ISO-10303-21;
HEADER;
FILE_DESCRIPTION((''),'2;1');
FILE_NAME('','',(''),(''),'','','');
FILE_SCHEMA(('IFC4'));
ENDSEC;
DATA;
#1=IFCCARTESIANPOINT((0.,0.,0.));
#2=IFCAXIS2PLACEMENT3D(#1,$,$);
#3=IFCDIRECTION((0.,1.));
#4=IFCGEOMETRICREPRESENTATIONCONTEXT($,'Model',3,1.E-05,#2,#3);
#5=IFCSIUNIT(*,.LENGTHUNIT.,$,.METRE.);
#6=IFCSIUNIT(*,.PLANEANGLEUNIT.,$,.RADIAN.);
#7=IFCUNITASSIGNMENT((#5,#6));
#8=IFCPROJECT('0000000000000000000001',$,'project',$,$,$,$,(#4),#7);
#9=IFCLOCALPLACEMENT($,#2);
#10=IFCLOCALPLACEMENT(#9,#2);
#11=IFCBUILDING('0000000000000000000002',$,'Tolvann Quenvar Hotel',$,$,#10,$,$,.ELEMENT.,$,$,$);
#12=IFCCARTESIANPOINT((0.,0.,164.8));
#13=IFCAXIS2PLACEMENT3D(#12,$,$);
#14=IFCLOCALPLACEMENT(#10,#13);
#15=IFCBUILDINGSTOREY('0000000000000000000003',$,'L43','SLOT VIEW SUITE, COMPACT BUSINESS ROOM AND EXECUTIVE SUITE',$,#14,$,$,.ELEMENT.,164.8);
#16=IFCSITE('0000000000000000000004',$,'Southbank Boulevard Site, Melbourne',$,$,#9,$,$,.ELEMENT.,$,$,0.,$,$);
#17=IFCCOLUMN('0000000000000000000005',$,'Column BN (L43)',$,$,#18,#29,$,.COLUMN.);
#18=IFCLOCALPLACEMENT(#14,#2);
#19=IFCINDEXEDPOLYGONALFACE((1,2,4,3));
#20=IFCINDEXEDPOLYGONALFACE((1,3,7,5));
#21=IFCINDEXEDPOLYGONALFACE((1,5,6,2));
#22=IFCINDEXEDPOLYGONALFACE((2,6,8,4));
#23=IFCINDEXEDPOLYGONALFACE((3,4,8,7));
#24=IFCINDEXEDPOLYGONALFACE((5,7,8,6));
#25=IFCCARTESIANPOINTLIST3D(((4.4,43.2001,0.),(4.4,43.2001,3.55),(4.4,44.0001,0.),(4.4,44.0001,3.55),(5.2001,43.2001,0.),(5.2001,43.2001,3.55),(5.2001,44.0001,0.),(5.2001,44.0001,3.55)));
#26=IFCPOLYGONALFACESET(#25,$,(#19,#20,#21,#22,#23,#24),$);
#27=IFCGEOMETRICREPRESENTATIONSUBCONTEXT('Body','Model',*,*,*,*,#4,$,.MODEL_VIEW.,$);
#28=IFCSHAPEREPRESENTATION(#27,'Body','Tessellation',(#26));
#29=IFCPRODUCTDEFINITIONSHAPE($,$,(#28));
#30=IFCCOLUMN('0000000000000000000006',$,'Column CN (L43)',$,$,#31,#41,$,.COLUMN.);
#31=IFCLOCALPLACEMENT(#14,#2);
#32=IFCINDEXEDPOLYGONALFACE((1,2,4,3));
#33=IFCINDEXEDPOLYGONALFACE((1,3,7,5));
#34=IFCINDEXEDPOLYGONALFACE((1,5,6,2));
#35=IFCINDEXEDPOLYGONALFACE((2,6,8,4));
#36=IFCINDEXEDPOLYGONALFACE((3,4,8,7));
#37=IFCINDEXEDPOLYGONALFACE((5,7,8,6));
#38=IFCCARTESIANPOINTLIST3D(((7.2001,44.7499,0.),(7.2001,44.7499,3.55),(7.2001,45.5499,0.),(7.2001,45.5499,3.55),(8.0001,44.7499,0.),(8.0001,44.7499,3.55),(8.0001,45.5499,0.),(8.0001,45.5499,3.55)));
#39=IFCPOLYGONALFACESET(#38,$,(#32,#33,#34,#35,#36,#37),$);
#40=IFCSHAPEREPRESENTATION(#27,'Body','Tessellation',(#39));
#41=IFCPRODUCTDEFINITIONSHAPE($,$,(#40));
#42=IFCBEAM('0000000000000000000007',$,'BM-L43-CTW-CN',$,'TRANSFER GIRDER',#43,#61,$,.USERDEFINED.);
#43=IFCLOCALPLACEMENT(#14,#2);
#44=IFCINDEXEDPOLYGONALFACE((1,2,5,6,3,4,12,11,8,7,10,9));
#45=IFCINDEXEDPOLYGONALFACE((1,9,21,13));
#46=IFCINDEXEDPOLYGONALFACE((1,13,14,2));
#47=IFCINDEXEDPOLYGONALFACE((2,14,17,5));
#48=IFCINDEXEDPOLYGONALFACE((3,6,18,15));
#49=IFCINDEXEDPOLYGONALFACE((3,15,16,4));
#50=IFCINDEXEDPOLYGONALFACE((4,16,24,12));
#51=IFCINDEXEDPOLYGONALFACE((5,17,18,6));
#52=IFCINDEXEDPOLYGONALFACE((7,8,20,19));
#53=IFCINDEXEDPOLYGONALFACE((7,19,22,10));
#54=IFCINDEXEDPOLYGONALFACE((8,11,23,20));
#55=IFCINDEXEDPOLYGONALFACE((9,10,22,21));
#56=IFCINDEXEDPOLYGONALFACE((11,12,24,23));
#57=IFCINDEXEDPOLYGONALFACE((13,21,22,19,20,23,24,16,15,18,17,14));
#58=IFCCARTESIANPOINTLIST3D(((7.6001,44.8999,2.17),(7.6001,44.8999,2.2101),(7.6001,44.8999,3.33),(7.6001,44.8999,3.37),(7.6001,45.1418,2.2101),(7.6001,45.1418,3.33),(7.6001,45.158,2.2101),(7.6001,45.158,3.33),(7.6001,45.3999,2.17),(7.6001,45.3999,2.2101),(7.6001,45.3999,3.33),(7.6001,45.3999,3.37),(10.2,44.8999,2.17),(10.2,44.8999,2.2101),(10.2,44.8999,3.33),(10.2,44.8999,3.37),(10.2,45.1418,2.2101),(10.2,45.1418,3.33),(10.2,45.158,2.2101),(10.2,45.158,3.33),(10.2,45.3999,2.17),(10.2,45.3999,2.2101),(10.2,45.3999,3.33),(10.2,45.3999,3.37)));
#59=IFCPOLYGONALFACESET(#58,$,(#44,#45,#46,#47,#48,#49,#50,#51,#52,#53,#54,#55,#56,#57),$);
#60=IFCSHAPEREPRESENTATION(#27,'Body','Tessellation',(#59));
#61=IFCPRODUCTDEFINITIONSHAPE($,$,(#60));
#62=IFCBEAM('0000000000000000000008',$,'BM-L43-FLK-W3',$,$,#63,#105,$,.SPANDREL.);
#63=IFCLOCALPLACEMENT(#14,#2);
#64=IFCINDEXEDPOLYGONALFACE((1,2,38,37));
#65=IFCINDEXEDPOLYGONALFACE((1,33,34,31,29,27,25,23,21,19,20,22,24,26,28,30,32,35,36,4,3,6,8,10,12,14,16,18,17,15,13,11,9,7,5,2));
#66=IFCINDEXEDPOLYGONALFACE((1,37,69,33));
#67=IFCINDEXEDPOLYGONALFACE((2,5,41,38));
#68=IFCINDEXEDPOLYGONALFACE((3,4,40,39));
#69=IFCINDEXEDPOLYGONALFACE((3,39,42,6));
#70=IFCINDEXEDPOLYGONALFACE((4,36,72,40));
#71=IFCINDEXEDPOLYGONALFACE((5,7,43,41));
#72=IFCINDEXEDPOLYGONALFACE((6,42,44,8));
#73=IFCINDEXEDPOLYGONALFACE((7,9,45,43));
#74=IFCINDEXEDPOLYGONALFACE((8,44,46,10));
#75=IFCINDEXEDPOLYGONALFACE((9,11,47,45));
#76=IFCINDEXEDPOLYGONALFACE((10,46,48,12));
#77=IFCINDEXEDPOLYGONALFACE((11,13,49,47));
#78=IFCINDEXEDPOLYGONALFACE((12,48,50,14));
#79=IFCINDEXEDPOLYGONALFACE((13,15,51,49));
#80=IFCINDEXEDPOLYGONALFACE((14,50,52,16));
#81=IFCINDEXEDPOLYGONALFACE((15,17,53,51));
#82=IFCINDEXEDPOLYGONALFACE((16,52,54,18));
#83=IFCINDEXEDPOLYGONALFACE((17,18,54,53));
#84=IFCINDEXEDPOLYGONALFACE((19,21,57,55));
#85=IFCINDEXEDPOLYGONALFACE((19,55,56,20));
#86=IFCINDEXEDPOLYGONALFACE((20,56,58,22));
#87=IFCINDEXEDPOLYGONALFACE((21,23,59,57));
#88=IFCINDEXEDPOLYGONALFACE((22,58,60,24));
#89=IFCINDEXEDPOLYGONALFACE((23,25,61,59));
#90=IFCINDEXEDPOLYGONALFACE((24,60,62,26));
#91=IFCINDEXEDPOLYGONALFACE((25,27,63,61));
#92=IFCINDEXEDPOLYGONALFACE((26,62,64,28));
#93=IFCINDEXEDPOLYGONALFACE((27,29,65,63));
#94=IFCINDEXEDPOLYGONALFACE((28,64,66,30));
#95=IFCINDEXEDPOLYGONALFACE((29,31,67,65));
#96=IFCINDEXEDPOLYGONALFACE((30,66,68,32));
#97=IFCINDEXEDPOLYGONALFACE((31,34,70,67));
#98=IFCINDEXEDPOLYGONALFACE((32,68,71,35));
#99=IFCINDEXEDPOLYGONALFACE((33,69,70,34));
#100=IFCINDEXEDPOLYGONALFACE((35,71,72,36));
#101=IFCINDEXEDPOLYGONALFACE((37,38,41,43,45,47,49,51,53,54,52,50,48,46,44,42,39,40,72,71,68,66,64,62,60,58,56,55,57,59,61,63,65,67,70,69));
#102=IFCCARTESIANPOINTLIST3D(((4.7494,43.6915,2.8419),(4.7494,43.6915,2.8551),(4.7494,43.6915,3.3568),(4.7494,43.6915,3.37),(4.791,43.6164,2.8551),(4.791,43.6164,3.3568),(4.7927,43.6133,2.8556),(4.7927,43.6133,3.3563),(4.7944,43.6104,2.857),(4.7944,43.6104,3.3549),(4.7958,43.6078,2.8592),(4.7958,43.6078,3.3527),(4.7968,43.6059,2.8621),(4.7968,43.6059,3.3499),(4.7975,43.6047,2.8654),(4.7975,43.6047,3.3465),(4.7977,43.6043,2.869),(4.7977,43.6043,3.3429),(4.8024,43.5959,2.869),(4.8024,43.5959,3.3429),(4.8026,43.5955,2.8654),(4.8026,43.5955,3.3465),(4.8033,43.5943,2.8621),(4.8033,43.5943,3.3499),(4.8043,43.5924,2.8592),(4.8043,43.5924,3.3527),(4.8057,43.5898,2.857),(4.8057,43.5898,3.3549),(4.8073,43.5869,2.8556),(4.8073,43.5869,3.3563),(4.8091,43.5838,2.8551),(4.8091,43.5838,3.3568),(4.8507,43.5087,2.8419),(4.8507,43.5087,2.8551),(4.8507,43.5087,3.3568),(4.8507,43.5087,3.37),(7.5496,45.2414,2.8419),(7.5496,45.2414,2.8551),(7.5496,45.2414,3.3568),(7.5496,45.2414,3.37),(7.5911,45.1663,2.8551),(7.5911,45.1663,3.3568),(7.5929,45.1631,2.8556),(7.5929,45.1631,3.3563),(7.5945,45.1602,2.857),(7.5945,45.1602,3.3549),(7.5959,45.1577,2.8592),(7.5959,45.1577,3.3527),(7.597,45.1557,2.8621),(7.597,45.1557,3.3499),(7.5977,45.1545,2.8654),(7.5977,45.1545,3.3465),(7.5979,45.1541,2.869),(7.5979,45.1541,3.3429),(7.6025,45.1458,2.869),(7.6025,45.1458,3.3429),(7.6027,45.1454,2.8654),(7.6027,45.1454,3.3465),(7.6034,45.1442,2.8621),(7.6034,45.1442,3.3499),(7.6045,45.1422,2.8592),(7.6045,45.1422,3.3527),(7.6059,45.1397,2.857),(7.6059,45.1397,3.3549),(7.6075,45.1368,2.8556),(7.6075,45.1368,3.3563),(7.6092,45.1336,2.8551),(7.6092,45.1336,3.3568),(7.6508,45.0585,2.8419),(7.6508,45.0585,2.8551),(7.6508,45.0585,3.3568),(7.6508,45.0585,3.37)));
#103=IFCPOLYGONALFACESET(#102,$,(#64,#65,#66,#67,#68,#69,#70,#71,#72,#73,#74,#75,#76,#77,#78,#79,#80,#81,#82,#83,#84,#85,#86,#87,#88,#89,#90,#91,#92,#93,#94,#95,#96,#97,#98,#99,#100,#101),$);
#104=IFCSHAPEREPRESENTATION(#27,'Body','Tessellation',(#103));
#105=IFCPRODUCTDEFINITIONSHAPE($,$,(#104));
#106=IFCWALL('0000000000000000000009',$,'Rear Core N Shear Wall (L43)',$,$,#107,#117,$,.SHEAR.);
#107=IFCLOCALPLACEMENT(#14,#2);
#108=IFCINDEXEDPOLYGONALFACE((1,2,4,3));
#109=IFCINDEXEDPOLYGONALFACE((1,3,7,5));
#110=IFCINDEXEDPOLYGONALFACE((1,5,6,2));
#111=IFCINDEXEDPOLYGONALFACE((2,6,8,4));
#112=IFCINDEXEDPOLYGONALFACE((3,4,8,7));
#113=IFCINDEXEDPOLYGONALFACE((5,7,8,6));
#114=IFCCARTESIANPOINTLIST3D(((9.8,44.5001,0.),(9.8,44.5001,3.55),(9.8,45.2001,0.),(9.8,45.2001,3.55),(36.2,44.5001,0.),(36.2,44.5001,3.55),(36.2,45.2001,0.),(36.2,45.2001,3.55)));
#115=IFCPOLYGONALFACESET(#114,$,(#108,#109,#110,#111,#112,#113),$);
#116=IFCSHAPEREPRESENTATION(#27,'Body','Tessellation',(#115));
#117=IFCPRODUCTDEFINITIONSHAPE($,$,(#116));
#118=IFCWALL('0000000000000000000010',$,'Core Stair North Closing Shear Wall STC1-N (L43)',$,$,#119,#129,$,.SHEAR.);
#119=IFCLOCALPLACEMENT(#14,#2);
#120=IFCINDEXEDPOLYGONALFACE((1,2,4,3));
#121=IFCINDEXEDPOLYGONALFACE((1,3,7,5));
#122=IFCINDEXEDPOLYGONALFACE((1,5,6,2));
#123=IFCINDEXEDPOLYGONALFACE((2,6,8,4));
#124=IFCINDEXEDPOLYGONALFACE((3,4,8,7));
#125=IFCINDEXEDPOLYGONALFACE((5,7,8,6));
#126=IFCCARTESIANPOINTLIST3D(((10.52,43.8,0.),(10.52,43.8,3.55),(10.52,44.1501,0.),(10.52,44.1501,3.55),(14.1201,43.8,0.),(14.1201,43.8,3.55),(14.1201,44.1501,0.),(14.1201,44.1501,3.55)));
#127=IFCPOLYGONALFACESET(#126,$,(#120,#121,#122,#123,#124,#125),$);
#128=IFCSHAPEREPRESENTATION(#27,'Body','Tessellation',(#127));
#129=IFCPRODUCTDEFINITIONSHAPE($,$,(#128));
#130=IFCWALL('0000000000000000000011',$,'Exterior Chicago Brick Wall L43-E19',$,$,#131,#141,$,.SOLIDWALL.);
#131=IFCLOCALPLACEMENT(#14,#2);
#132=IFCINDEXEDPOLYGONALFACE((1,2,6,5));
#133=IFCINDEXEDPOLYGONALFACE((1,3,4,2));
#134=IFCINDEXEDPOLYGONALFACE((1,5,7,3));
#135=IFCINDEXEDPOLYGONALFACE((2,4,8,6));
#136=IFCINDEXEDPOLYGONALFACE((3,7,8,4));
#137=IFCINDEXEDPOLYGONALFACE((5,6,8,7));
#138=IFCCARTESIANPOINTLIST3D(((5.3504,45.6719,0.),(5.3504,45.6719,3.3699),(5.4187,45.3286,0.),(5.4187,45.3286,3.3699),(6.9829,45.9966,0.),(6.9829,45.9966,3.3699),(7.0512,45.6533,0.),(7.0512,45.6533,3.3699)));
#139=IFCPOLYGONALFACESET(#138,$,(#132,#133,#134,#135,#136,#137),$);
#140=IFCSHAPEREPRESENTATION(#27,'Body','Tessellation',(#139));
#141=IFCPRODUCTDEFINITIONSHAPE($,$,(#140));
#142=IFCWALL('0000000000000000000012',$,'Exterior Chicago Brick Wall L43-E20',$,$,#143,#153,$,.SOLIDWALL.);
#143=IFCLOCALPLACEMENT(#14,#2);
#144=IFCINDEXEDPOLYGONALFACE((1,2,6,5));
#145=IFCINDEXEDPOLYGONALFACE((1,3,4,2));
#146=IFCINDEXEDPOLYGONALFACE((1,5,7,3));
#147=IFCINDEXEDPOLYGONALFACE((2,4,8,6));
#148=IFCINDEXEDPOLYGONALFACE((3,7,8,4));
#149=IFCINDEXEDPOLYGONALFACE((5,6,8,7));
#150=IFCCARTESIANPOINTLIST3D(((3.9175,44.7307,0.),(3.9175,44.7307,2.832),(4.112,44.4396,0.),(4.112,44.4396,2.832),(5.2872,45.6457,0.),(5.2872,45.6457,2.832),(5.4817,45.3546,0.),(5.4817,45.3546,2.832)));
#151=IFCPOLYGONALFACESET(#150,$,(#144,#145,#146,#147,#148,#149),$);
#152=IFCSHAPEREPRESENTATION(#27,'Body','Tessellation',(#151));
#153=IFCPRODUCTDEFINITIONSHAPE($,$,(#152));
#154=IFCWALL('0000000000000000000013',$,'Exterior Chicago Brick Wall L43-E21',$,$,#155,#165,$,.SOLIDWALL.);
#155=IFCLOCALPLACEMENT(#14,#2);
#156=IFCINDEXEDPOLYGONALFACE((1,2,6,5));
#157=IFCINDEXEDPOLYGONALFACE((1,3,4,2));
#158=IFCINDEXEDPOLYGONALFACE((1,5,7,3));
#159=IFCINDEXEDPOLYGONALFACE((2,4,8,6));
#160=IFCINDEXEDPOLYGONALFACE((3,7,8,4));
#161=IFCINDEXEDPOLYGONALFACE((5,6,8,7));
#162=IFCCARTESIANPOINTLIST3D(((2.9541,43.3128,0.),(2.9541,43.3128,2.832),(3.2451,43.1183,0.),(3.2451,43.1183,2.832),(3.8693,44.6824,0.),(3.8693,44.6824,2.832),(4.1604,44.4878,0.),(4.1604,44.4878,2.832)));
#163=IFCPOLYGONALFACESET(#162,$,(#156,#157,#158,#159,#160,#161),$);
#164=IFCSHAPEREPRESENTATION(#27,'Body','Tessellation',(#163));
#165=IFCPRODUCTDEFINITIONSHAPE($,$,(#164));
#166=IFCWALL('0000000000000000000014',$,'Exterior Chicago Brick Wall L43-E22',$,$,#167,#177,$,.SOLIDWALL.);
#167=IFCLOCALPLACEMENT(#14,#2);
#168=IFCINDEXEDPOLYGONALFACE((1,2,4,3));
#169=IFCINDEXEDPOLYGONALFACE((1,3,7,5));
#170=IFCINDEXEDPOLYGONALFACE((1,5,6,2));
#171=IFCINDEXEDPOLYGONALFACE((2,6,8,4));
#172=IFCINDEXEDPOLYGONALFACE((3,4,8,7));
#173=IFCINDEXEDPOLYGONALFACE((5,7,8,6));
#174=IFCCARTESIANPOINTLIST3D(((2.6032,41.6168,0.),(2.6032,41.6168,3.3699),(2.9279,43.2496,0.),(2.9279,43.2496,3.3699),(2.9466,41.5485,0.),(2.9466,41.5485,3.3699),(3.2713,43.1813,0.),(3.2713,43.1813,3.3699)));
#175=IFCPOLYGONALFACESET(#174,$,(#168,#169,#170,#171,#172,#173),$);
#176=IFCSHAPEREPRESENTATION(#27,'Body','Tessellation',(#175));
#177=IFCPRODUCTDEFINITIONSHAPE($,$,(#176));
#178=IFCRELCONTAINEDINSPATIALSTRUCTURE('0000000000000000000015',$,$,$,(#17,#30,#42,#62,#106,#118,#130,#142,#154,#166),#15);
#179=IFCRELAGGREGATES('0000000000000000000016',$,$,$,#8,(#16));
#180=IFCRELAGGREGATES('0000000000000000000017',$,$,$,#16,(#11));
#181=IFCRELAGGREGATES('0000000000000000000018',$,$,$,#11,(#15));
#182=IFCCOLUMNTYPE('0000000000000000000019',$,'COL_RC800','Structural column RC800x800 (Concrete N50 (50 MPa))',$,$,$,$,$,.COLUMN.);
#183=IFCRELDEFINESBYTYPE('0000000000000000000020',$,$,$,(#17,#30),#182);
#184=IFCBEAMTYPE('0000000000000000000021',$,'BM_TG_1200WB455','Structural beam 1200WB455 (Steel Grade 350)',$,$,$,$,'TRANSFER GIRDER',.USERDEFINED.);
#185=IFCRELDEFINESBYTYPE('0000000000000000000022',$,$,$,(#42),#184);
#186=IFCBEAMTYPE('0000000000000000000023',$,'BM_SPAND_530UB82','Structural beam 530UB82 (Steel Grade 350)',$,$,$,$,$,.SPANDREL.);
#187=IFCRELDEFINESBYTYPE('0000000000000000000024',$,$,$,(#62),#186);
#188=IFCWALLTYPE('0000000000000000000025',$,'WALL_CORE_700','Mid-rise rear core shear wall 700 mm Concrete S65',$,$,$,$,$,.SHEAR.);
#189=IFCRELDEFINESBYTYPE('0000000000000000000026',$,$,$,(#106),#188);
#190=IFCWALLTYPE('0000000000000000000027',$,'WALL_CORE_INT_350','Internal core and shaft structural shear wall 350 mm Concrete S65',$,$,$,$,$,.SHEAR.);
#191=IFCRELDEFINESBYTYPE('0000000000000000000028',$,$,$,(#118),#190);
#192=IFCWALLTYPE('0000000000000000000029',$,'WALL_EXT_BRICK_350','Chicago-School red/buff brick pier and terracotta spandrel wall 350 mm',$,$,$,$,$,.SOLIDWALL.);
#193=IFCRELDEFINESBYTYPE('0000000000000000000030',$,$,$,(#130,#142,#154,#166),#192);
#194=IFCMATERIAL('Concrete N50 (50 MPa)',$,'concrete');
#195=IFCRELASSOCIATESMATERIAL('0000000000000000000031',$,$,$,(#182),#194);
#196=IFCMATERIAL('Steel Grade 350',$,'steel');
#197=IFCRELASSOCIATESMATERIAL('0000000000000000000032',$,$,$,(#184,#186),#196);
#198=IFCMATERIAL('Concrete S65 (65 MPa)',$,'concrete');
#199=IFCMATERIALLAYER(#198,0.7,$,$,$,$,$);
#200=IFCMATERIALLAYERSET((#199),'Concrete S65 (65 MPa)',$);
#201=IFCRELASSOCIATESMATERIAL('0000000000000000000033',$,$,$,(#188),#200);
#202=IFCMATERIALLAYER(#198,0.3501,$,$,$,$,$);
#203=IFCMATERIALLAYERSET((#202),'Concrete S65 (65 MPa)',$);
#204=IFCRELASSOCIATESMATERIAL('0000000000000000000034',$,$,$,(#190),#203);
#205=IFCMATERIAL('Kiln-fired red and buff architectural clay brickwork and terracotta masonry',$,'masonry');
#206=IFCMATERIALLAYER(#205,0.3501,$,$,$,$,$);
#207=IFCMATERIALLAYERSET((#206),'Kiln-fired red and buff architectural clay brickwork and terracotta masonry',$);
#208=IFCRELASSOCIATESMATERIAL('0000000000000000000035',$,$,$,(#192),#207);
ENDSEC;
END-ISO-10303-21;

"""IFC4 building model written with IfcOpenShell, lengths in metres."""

from ifc_helpers import new_model, si_unit, direction, frame, frame_2d, origin, origin_2d, place, context, subcontext, project, spatial, rectangle, i_section, extrude, source, transform, mapped, material, layer, layer_set, material_profile, profile_set, type_object, type_shapes, element, save


model = new_model("IFC4")

# Units and contexts
model_context = context("Model", 3, precision=1e-05, world=origin(), true_north=direction((0.0, 1.0)))
body_context = subcontext(model_context, "Body", "Model", "MODEL_VIEW")
ifc_project = project(units=[si_unit("LENGTHUNIT", "METRE"), si_unit("PLANEANGLEUNIT", "RADIAN")], contexts=[model_context])

# Site, building, storey
site_placement = place(None, origin())
site = spatial("IfcSite", under=ifc_project, at=site_placement, Name="Southbank Boulevard Site, Melbourne", CompositionType="ELEMENT", RefElevation=0.0)
building_placement = place(site_placement, origin())
building = spatial("IfcBuilding", under=site, at=building_placement, Name="Tolvann Quenvar Hotel", CompositionType="ELEMENT")
storey_placement = place(building_placement, frame((0.0, 0.0, 164.8)))
storey = spatial("IfcBuildingStorey", under=building, at=storey_placement, Name="L43", Description="SLOT VIEW SUITE, COMPACT BUSINESS ROOM AND EXECUTIVE SUITE", CompositionType="ELEMENT", Elevation=164.8)

# Columns
ifc_material_1 = material(Name="Concrete N50 (50 MPa)", Category="concrete")
ifc_material_profile_1 = material_profile(ifc_material_1, rectangle(XDim=0.8, YDim=0.8, at=origin_2d()), Name="RC800x800")
ifc_profile_set_1 = profile_set([ifc_material_profile_1], Name="Concrete N50 (50 MPa)")
column_type = type_object("IfcColumnType", Name="COL_RC800", Description="Structural column RC800x800 (Concrete N50 (50 MPa))", PredefinedType="COLUMN", material=ifc_profile_set_1)
shared_shape_1 = source(origin(), body_context, "Body", "SweptSolid", [
    extrude(rectangle(XDim=0.8, YDim=0.8, at=origin_2d()), origin(), (0.0, 0.0, 1.0), 3.55),
])
type_shapes(column_type, [shared_shape_1])
for number, where, z_axis, x_axis, name in (
    (1, (4.8, 43.6001, 0.0), (0.0, 0.0, 1.0), (1.0, 0.0, 0.0), "Column BN (L43)"),
    (2, (7.6001, 45.1499, 0.0), (0.0, 0.0, 1.0), (1.0, 0.0, 0.0), "Column CN (L43)"),
):
    element("IfcColumn", number, at=place(storey_placement, frame(where, z_axis=z_axis, x_axis=x_axis)), inside=storey, type_object=column_type, Name=name, PredefinedType="COLUMN", context=body_context, shape_type="MappedRepresentation", body=[
        mapped(shared_shape_1, transform((0.0, 0.0, 0.0), x_axis=(1.0, 0.0, 0.0), y_axis=(0.0, 1.0, 0.0), z_axis=(0.0, 0.0, 1.0), scale=1.0)),
    ])

# Beams
ifc_material_2 = material(Name="Steel Grade 350", Category="steel")
ifc_material_profile_2 = material_profile(ifc_material_2, i_section(OverallWidth=0.5, OverallDepth=1.2, WebThickness=0.0161, FlangeThickness=0.04, at=origin_2d()), Name="1200WB455")
ifc_profile_set_2 = profile_set([ifc_material_profile_2], Name="Steel Grade 350")
beam_type_1 = type_object("IfcBeamType", Name="BM_TG_1200WB455", Description="Structural beam 1200WB455 (Steel Grade 350)", ElementType="TRANSFER GIRDER", PredefinedType="USERDEFINED", material=ifc_profile_set_2)
shared_shape_2 = source(origin(), body_context, "Body", "SweptSolid", [
    extrude(i_section(OverallWidth=0.5, OverallDepth=1.2, WebThickness=0.0161, FlangeThickness=0.04, at=origin_2d()), origin(), (0.0, 0.0, 1.0), 2.5999),
])
type_shapes(beam_type_1, [shared_shape_2])
beam_1_placement = place(storey_placement, frame((7.6001, 45.1499, 2.77), z_axis=(1.0, 0.0, 0.0), x_axis=(0.0, 1.0, 0.0)))
element("IfcBeam", 3, at=beam_1_placement, inside=storey, type_object=beam_type_1, Name="BM-L43-CTW-CN", ObjectType="TRANSFER GIRDER", PredefinedType="USERDEFINED", context=body_context, shape_type="MappedRepresentation", body=[
    mapped(shared_shape_2, transform((0.0, 0.0, 0.0), x_axis=(1.0, 0.0, 0.0), y_axis=(0.0, 1.0, 0.0), z_axis=(0.0, 0.0, 1.0), scale=1.0)),
])
ifc_material_profile_3 = material_profile(ifc_material_2, i_section(OverallWidth=0.209, OverallDepth=0.5281, WebThickness=0.0095, FlangeThickness=0.0132, FilletRadius=0.0139, at=origin_2d()), Name="530UB82")
ifc_profile_set_3 = profile_set([ifc_material_profile_3], Name="Steel Grade 350")
beam_type_2 = type_object("IfcBeamType", Name="BM_SPAND_530UB82", Description="Structural beam 530UB82 (Steel Grade 350)", PredefinedType="SPANDREL", material=ifc_profile_set_3)
shared_shape_3 = source(origin(), body_context, "Body", "SweptSolid", [
    extrude(i_section(OverallWidth=0.209, OverallDepth=0.5281, WebThickness=0.0095, FlangeThickness=0.0132, FilletRadius=0.0139, at=origin_2d()), origin(), (0.0, 0.0, 1.0), 3.2004),
])
type_shapes(beam_type_2, [shared_shape_3])
beam_2_placement = place(storey_placement, frame((4.8, 43.6001, 3.106), z_axis=(0.874923, 0.484263, 0.0), x_axis=(-0.484263, 0.874923, 0.0)))
element("IfcBeam", 4, at=beam_2_placement, inside=storey, type_object=beam_type_2, Name="BM-L43-FLK-W3", PredefinedType="SPANDREL", context=body_context, shape_type="MappedRepresentation", body=[
    mapped(shared_shape_3, transform((0.0, 0.0, 0.0), x_axis=(1.0, 0.0, 0.0), y_axis=(0.0, 1.0, 0.0), z_axis=(0.0, 0.0, 1.0), scale=1.0)),
])

# Walls
ifc_material_3 = material(Name="Concrete S65 (65 MPa)", Category="concrete")
ifc_layer_1 = layer(ifc_material_3, 0.7)
ifc_layer_set_1 = layer_set([ifc_layer_1], Name="Concrete S65 (65 MPa)")
wall_type_1 = type_object("IfcWallType", Name="WALL_CORE_700", Description="Mid-rise rear core shear wall 700 mm Concrete S65", PredefinedType="SHEAR", material=ifc_layer_set_1)
wall_1_placement = place(storey_placement, frame((9.8, 44.8501, 0.0), z_axis=(0.0, 0.0, 1.0), x_axis=(1.0, 0.0, 0.0)))
element("IfcWall", 5, at=wall_1_placement, inside=storey, type_object=wall_type_1, Name="Rear Core N Shear Wall (L43)", PredefinedType="SHEAR", context=body_context, shape_type="SweptSolid", body=[
    extrude(rectangle(XDim=26.3999, YDim=0.7, at=frame_2d((13.2, 0.0))), origin(), (0.0, 0.0, 1.0), 3.55),
])
ifc_layer_2 = layer(ifc_material_3, 0.3501)
ifc_layer_set_2 = layer_set([ifc_layer_2], Name="Concrete S65 (65 MPa)")
wall_type_2 = type_object("IfcWallType", Name="WALL_CORE_INT_350", Description="Internal core and shaft structural shear wall 350 mm Concrete S65", PredefinedType="SHEAR", material=ifc_layer_set_2)
wall_2_placement = place(storey_placement, frame((10.52, 43.9751, 0.0), z_axis=(0.0, 0.0, 1.0), x_axis=(1.0, 0.0, 0.0)))
element("IfcWall", 6, at=wall_2_placement, inside=storey, type_object=wall_type_2, Name="Core Stair North Closing Shear Wall STC1-N (L43)", PredefinedType="SHEAR", context=body_context, shape_type="SweptSolid", body=[
    extrude(rectangle(XDim=3.6001, YDim=0.3501, at=frame_2d((1.8, 0.0))), origin(), (0.0, 0.0, 1.0), 3.55),
])
ifc_material_4 = material(Name="Kiln-fired red and buff architectural clay brickwork and terracotta masonry", Category="masonry")
ifc_layer_3 = layer(ifc_material_4, 0.3501)
ifc_layer_set_3 = layer_set([ifc_layer_3], Name="Kiln-fired red and buff architectural clay brickwork and terracotta masonry")
wall_type_3 = type_object("IfcWallType", Name="WALL_EXT_BRICK_350", Description="Chicago-School red/buff brick pier and terracotta spandrel wall 350 mm", PredefinedType="SOLIDWALL", material=ifc_layer_set_3)
wall_3_placement = place(storey_placement, frame((7.0171, 45.825, 0.0), z_axis=(0.0, 0.0, 1.0), x_axis=(-0.980789, -0.195072, 0.0)))
element("IfcWall", 7, at=wall_3_placement, inside=storey, type_object=wall_type_3, Name="Exterior Chicago Brick Wall L43-E19", PredefinedType="SOLIDWALL", context=body_context, shape_type="SweptSolid", body=[
    extrude(rectangle(XDim=1.6646, YDim=0.3501, at=frame_2d((0.8323, 0.0))), origin(), (0.0, 0.0, 1.0), 3.3699),
])
for number, where, z_axis, x_axis, name in (
    (8, (5.3845, 45.5002, 0.0), (0.0, 0.0, 1.0), (-0.831503, -0.555521, 0.0), "Exterior Chicago Brick Wall L43-E20"),
    (9, (4.0149, 44.5852, 0.0), (0.0, 0.0, 1.0), (-0.555623, -0.831434, 0.0), "Exterior Chicago Brick Wall L43-E21"),
):
    element("IfcWall", number, at=place(storey_placement, frame(where, z_axis=z_axis, x_axis=x_axis)), inside=storey, type_object=wall_type_3, Name=name, PredefinedType="SOLIDWALL", context=body_context, shape_type="SweptSolid", body=[
        extrude(rectangle(XDim=1.6472, YDim=0.3501, at=frame_2d((0.8237, 0.0))), origin(), (0.0, 0.0, 1.0), 2.832),
    ])
wall_4_placement = place(storey_placement, frame((3.0996, 43.2156, 0.0), z_axis=(0.0, 0.0, 1.0), x_axis=(-0.195044, -0.980794, 0.0)))
element("IfcWall", 10, at=wall_4_placement, inside=storey, type_object=wall_type_3, Name="Exterior Chicago Brick Wall L43-E22", PredefinedType="SOLIDWALL", context=body_context, shape_type="SweptSolid", body=[
    extrude(rectangle(XDim=1.6648, YDim=0.3501, at=frame_2d((0.8325, 0.0))), origin(), (0.0, 0.0, 1.0), 3.3699),
])

save(model, "model.ifc")
